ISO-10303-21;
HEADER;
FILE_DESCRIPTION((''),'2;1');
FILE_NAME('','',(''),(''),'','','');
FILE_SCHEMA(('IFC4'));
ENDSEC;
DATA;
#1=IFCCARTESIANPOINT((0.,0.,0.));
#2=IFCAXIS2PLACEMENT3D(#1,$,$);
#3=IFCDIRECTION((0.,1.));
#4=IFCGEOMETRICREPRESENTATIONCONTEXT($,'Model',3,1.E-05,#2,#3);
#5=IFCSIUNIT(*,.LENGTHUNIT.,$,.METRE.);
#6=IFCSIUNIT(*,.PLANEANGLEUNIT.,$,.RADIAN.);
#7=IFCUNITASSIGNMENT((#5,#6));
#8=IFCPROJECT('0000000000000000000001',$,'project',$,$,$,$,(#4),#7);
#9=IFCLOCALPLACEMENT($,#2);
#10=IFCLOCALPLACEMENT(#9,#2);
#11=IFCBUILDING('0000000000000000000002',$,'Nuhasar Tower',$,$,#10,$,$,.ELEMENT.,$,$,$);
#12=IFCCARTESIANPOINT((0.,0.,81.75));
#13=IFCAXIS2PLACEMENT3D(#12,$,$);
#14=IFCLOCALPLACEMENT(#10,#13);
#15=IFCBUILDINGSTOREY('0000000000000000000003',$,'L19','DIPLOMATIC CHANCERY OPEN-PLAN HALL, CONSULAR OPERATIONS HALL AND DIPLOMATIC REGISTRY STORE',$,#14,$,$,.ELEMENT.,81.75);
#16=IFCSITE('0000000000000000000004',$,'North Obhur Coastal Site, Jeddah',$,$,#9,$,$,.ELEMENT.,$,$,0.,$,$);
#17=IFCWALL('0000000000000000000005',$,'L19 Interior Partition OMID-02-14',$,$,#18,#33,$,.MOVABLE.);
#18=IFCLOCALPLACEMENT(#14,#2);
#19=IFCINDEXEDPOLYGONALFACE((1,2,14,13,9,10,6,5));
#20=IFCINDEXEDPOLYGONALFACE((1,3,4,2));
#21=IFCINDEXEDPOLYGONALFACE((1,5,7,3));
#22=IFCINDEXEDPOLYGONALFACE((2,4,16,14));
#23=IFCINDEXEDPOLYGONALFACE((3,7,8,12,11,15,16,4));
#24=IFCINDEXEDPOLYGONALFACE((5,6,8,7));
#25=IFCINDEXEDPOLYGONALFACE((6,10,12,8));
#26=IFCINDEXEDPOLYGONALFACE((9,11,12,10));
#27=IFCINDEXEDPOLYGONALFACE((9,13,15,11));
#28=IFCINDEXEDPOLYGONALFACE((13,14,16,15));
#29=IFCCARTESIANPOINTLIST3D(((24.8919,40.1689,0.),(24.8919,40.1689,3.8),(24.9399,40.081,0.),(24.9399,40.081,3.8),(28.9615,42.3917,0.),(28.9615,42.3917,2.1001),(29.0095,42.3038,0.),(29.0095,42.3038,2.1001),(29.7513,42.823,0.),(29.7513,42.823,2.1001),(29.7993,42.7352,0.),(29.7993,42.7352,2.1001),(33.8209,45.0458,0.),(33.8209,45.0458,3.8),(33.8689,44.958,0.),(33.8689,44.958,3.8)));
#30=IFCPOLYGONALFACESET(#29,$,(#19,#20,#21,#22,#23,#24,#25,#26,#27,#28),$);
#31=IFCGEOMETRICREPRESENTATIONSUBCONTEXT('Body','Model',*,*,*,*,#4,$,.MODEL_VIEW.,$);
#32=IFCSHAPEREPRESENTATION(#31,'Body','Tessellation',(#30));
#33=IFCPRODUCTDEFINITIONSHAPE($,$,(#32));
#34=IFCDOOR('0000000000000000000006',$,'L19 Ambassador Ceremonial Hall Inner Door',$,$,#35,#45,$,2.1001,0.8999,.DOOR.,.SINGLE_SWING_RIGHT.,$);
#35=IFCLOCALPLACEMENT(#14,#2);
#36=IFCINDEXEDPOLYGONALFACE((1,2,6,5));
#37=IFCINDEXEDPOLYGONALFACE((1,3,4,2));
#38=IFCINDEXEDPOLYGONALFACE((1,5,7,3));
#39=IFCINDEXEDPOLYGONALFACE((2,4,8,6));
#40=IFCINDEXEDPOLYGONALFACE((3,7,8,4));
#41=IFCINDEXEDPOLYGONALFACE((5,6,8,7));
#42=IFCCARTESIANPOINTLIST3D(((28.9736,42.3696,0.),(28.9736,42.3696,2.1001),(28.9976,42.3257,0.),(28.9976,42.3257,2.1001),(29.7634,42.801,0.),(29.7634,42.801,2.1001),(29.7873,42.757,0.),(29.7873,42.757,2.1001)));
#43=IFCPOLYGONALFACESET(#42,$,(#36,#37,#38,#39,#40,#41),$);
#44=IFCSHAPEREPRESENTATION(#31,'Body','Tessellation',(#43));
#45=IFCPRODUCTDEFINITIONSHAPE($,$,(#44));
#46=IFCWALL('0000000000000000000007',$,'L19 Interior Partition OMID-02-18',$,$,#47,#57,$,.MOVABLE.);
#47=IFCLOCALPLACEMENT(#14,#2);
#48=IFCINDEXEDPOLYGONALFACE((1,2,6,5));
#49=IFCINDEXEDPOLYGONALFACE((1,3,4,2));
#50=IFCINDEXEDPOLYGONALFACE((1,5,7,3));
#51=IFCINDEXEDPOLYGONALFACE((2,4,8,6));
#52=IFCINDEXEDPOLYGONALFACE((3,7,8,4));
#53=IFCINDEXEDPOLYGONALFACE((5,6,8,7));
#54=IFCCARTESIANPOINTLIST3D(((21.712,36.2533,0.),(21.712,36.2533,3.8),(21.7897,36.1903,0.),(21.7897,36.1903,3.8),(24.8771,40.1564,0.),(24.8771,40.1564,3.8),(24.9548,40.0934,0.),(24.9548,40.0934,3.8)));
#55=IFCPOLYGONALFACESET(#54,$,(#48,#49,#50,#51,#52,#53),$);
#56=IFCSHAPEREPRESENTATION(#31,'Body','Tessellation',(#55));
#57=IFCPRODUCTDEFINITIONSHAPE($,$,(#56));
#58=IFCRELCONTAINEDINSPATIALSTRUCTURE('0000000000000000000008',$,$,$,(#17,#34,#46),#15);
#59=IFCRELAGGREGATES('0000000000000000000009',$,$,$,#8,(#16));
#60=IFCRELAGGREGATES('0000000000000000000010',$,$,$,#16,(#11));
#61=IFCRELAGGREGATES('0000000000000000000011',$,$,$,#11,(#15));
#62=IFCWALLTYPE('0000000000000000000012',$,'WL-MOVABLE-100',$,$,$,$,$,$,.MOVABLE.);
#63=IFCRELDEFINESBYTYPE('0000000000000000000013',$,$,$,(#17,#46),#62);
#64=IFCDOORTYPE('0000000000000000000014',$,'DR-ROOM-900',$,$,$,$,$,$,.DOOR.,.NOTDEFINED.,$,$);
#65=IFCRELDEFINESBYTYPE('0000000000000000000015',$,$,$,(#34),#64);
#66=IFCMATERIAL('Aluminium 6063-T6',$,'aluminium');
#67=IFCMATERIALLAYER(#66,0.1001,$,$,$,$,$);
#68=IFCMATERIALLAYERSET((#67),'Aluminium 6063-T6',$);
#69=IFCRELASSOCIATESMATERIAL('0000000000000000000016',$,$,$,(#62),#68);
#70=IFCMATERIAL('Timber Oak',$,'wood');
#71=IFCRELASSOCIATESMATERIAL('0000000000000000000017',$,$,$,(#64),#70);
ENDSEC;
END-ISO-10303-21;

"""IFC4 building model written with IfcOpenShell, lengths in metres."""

from ifc_helpers import new_model, si_unit, direction, frame, frame_2d, origin, place, context, subcontext, project, spatial, rectangle, extrude, material, layer, layer_set, type_object, element, fill, save


model = new_model("IFC4")

# Units and contexts
model_context = context("Model", 3, precision=1e-05, world=origin(), true_north=direction((0.0, 1.0)))
body_context = subcontext(model_context, "Body", "Model", "MODEL_VIEW")
ifc_project = project(units=[si_unit("LENGTHUNIT", "METRE"), si_unit("PLANEANGLEUNIT", "RADIAN")], contexts=[model_context])

# Site, building, storey
site_placement = place(None, origin())
site = spatial("IfcSite", under=ifc_project, at=site_placement, Name="North Obhur Coastal Site, Jeddah", CompositionType="ELEMENT", RefElevation=0.0)
building_placement = place(site_placement, origin())
building = spatial("IfcBuilding", under=site, at=building_placement, Name="Nuhasar Tower", CompositionType="ELEMENT")
storey_placement = place(building_placement, frame((0.0, 0.0, 81.75)))
storey = spatial("IfcBuildingStorey", under=building, at=storey_placement, Name="L19", Description="DIPLOMATIC CHANCERY OPEN-PLAN HALL, CONSULAR OPERATIONS HALL AND DIPLOMATIC REGISTRY STORE", CompositionType="ELEMENT", Elevation=81.75)

# Shared definitions
ifc_material_1 = material(Name="Aluminium 6063-T6", Category="aluminium")

# Wall, opening, door
ifc_layer_1 = layer(ifc_material_1, 0.1001)
ifc_layer_set_1 = layer_set([ifc_layer_1], Name="Aluminium 6063-T6")
wall_type = type_object("IfcWallType", Name="WL-MOVABLE-100", PredefinedType="MOVABLE", material=ifc_layer_set_1)
wall_1_placement = place(storey_placement, frame((24.916, 40.125, 0.0), z_axis=(0.0, 0.0, 1.0), x_axis=(0.877622, 0.479353, 0.0)))
wall_1 = element("IfcWall", 1, at=wall_1_placement, inside=storey, type_object=wall_type, Name="L19 Interior Partition OMID-02-14", PredefinedType="MOVABLE", context=body_context, shape_type="SweptSolid", body=[
    extrude(rectangle(XDim=10.1741, YDim=0.1001, at=frame_2d((5.0869, 0.0))), origin(), (0.0, 0.0, 1.0), 3.8),
])
opening_placement = place(wall_1_placement, frame((4.637, 0.0, 0.0)))
opening = element("IfcOpeningElement", 2, at=opening_placement, cuts=wall_1, PredefinedType="OPENING", context=body_context, shape_type="SweptSolid", body=[
    extrude(rectangle(XDim=0.8999, YDim=2.1001, at=frame_2d((0.45, 1.05))), frame((0.0, 0.0601, 0.0), z_axis=(0.0, -1.0, 0.0), x_axis=(1.0, 0.0, 0.0)), (0.0, 0.0, 1.0), 0.1201),
])
ifc_material_2 = material(Name="Timber Oak", Category="wood")
door_type = type_object("IfcDoorType", Name="DR-ROOM-900", OperationType="NOTDEFINED", PredefinedType="DOOR", material=ifc_material_2)
door_placement = place(opening_placement, origin())
door = element("IfcDoor", 3, at=door_placement, inside=storey, type_object=door_type, Name="L19 Ambassador Ceremonial Hall Inner Door", OperationType="SINGLE_SWING_RIGHT", OverallHeight=2.1001, OverallWidth=0.8999, PredefinedType="DOOR", context=body_context, shape_type="SweptSolid", body=[
    extrude(rectangle(XDim=0.8999, YDim=2.1001, at=frame_2d((0.45, 1.05))), frame((0.0, 0.0249, 0.0), z_axis=(0.0, -1.0, 0.0), x_axis=(1.0, 0.0, 0.0)), (0.0, 0.0, 1.0), 0.05),
])
fill(opening, door)

# Wall
wall_2_placement = place(storey_placement, frame((24.916, 40.125, 0.0), z_axis=(0.0, 0.0, 1.0), x_axis=(-0.629848, -0.776718, 0.0)))
element("IfcWall", 4, at=wall_2_placement, inside=storey, type_object=wall_type, Name="L19 Interior Partition OMID-02-18", PredefinedType="MOVABLE", context=body_context, shape_type="SweptSolid", body=[
    extrude(rectangle(XDim=5.0251, YDim=0.1001, at=frame_2d((2.5127, 0.0))), origin(), (0.0, 0.0, 1.0), 3.8),
])

save(model, "model.ifc")
